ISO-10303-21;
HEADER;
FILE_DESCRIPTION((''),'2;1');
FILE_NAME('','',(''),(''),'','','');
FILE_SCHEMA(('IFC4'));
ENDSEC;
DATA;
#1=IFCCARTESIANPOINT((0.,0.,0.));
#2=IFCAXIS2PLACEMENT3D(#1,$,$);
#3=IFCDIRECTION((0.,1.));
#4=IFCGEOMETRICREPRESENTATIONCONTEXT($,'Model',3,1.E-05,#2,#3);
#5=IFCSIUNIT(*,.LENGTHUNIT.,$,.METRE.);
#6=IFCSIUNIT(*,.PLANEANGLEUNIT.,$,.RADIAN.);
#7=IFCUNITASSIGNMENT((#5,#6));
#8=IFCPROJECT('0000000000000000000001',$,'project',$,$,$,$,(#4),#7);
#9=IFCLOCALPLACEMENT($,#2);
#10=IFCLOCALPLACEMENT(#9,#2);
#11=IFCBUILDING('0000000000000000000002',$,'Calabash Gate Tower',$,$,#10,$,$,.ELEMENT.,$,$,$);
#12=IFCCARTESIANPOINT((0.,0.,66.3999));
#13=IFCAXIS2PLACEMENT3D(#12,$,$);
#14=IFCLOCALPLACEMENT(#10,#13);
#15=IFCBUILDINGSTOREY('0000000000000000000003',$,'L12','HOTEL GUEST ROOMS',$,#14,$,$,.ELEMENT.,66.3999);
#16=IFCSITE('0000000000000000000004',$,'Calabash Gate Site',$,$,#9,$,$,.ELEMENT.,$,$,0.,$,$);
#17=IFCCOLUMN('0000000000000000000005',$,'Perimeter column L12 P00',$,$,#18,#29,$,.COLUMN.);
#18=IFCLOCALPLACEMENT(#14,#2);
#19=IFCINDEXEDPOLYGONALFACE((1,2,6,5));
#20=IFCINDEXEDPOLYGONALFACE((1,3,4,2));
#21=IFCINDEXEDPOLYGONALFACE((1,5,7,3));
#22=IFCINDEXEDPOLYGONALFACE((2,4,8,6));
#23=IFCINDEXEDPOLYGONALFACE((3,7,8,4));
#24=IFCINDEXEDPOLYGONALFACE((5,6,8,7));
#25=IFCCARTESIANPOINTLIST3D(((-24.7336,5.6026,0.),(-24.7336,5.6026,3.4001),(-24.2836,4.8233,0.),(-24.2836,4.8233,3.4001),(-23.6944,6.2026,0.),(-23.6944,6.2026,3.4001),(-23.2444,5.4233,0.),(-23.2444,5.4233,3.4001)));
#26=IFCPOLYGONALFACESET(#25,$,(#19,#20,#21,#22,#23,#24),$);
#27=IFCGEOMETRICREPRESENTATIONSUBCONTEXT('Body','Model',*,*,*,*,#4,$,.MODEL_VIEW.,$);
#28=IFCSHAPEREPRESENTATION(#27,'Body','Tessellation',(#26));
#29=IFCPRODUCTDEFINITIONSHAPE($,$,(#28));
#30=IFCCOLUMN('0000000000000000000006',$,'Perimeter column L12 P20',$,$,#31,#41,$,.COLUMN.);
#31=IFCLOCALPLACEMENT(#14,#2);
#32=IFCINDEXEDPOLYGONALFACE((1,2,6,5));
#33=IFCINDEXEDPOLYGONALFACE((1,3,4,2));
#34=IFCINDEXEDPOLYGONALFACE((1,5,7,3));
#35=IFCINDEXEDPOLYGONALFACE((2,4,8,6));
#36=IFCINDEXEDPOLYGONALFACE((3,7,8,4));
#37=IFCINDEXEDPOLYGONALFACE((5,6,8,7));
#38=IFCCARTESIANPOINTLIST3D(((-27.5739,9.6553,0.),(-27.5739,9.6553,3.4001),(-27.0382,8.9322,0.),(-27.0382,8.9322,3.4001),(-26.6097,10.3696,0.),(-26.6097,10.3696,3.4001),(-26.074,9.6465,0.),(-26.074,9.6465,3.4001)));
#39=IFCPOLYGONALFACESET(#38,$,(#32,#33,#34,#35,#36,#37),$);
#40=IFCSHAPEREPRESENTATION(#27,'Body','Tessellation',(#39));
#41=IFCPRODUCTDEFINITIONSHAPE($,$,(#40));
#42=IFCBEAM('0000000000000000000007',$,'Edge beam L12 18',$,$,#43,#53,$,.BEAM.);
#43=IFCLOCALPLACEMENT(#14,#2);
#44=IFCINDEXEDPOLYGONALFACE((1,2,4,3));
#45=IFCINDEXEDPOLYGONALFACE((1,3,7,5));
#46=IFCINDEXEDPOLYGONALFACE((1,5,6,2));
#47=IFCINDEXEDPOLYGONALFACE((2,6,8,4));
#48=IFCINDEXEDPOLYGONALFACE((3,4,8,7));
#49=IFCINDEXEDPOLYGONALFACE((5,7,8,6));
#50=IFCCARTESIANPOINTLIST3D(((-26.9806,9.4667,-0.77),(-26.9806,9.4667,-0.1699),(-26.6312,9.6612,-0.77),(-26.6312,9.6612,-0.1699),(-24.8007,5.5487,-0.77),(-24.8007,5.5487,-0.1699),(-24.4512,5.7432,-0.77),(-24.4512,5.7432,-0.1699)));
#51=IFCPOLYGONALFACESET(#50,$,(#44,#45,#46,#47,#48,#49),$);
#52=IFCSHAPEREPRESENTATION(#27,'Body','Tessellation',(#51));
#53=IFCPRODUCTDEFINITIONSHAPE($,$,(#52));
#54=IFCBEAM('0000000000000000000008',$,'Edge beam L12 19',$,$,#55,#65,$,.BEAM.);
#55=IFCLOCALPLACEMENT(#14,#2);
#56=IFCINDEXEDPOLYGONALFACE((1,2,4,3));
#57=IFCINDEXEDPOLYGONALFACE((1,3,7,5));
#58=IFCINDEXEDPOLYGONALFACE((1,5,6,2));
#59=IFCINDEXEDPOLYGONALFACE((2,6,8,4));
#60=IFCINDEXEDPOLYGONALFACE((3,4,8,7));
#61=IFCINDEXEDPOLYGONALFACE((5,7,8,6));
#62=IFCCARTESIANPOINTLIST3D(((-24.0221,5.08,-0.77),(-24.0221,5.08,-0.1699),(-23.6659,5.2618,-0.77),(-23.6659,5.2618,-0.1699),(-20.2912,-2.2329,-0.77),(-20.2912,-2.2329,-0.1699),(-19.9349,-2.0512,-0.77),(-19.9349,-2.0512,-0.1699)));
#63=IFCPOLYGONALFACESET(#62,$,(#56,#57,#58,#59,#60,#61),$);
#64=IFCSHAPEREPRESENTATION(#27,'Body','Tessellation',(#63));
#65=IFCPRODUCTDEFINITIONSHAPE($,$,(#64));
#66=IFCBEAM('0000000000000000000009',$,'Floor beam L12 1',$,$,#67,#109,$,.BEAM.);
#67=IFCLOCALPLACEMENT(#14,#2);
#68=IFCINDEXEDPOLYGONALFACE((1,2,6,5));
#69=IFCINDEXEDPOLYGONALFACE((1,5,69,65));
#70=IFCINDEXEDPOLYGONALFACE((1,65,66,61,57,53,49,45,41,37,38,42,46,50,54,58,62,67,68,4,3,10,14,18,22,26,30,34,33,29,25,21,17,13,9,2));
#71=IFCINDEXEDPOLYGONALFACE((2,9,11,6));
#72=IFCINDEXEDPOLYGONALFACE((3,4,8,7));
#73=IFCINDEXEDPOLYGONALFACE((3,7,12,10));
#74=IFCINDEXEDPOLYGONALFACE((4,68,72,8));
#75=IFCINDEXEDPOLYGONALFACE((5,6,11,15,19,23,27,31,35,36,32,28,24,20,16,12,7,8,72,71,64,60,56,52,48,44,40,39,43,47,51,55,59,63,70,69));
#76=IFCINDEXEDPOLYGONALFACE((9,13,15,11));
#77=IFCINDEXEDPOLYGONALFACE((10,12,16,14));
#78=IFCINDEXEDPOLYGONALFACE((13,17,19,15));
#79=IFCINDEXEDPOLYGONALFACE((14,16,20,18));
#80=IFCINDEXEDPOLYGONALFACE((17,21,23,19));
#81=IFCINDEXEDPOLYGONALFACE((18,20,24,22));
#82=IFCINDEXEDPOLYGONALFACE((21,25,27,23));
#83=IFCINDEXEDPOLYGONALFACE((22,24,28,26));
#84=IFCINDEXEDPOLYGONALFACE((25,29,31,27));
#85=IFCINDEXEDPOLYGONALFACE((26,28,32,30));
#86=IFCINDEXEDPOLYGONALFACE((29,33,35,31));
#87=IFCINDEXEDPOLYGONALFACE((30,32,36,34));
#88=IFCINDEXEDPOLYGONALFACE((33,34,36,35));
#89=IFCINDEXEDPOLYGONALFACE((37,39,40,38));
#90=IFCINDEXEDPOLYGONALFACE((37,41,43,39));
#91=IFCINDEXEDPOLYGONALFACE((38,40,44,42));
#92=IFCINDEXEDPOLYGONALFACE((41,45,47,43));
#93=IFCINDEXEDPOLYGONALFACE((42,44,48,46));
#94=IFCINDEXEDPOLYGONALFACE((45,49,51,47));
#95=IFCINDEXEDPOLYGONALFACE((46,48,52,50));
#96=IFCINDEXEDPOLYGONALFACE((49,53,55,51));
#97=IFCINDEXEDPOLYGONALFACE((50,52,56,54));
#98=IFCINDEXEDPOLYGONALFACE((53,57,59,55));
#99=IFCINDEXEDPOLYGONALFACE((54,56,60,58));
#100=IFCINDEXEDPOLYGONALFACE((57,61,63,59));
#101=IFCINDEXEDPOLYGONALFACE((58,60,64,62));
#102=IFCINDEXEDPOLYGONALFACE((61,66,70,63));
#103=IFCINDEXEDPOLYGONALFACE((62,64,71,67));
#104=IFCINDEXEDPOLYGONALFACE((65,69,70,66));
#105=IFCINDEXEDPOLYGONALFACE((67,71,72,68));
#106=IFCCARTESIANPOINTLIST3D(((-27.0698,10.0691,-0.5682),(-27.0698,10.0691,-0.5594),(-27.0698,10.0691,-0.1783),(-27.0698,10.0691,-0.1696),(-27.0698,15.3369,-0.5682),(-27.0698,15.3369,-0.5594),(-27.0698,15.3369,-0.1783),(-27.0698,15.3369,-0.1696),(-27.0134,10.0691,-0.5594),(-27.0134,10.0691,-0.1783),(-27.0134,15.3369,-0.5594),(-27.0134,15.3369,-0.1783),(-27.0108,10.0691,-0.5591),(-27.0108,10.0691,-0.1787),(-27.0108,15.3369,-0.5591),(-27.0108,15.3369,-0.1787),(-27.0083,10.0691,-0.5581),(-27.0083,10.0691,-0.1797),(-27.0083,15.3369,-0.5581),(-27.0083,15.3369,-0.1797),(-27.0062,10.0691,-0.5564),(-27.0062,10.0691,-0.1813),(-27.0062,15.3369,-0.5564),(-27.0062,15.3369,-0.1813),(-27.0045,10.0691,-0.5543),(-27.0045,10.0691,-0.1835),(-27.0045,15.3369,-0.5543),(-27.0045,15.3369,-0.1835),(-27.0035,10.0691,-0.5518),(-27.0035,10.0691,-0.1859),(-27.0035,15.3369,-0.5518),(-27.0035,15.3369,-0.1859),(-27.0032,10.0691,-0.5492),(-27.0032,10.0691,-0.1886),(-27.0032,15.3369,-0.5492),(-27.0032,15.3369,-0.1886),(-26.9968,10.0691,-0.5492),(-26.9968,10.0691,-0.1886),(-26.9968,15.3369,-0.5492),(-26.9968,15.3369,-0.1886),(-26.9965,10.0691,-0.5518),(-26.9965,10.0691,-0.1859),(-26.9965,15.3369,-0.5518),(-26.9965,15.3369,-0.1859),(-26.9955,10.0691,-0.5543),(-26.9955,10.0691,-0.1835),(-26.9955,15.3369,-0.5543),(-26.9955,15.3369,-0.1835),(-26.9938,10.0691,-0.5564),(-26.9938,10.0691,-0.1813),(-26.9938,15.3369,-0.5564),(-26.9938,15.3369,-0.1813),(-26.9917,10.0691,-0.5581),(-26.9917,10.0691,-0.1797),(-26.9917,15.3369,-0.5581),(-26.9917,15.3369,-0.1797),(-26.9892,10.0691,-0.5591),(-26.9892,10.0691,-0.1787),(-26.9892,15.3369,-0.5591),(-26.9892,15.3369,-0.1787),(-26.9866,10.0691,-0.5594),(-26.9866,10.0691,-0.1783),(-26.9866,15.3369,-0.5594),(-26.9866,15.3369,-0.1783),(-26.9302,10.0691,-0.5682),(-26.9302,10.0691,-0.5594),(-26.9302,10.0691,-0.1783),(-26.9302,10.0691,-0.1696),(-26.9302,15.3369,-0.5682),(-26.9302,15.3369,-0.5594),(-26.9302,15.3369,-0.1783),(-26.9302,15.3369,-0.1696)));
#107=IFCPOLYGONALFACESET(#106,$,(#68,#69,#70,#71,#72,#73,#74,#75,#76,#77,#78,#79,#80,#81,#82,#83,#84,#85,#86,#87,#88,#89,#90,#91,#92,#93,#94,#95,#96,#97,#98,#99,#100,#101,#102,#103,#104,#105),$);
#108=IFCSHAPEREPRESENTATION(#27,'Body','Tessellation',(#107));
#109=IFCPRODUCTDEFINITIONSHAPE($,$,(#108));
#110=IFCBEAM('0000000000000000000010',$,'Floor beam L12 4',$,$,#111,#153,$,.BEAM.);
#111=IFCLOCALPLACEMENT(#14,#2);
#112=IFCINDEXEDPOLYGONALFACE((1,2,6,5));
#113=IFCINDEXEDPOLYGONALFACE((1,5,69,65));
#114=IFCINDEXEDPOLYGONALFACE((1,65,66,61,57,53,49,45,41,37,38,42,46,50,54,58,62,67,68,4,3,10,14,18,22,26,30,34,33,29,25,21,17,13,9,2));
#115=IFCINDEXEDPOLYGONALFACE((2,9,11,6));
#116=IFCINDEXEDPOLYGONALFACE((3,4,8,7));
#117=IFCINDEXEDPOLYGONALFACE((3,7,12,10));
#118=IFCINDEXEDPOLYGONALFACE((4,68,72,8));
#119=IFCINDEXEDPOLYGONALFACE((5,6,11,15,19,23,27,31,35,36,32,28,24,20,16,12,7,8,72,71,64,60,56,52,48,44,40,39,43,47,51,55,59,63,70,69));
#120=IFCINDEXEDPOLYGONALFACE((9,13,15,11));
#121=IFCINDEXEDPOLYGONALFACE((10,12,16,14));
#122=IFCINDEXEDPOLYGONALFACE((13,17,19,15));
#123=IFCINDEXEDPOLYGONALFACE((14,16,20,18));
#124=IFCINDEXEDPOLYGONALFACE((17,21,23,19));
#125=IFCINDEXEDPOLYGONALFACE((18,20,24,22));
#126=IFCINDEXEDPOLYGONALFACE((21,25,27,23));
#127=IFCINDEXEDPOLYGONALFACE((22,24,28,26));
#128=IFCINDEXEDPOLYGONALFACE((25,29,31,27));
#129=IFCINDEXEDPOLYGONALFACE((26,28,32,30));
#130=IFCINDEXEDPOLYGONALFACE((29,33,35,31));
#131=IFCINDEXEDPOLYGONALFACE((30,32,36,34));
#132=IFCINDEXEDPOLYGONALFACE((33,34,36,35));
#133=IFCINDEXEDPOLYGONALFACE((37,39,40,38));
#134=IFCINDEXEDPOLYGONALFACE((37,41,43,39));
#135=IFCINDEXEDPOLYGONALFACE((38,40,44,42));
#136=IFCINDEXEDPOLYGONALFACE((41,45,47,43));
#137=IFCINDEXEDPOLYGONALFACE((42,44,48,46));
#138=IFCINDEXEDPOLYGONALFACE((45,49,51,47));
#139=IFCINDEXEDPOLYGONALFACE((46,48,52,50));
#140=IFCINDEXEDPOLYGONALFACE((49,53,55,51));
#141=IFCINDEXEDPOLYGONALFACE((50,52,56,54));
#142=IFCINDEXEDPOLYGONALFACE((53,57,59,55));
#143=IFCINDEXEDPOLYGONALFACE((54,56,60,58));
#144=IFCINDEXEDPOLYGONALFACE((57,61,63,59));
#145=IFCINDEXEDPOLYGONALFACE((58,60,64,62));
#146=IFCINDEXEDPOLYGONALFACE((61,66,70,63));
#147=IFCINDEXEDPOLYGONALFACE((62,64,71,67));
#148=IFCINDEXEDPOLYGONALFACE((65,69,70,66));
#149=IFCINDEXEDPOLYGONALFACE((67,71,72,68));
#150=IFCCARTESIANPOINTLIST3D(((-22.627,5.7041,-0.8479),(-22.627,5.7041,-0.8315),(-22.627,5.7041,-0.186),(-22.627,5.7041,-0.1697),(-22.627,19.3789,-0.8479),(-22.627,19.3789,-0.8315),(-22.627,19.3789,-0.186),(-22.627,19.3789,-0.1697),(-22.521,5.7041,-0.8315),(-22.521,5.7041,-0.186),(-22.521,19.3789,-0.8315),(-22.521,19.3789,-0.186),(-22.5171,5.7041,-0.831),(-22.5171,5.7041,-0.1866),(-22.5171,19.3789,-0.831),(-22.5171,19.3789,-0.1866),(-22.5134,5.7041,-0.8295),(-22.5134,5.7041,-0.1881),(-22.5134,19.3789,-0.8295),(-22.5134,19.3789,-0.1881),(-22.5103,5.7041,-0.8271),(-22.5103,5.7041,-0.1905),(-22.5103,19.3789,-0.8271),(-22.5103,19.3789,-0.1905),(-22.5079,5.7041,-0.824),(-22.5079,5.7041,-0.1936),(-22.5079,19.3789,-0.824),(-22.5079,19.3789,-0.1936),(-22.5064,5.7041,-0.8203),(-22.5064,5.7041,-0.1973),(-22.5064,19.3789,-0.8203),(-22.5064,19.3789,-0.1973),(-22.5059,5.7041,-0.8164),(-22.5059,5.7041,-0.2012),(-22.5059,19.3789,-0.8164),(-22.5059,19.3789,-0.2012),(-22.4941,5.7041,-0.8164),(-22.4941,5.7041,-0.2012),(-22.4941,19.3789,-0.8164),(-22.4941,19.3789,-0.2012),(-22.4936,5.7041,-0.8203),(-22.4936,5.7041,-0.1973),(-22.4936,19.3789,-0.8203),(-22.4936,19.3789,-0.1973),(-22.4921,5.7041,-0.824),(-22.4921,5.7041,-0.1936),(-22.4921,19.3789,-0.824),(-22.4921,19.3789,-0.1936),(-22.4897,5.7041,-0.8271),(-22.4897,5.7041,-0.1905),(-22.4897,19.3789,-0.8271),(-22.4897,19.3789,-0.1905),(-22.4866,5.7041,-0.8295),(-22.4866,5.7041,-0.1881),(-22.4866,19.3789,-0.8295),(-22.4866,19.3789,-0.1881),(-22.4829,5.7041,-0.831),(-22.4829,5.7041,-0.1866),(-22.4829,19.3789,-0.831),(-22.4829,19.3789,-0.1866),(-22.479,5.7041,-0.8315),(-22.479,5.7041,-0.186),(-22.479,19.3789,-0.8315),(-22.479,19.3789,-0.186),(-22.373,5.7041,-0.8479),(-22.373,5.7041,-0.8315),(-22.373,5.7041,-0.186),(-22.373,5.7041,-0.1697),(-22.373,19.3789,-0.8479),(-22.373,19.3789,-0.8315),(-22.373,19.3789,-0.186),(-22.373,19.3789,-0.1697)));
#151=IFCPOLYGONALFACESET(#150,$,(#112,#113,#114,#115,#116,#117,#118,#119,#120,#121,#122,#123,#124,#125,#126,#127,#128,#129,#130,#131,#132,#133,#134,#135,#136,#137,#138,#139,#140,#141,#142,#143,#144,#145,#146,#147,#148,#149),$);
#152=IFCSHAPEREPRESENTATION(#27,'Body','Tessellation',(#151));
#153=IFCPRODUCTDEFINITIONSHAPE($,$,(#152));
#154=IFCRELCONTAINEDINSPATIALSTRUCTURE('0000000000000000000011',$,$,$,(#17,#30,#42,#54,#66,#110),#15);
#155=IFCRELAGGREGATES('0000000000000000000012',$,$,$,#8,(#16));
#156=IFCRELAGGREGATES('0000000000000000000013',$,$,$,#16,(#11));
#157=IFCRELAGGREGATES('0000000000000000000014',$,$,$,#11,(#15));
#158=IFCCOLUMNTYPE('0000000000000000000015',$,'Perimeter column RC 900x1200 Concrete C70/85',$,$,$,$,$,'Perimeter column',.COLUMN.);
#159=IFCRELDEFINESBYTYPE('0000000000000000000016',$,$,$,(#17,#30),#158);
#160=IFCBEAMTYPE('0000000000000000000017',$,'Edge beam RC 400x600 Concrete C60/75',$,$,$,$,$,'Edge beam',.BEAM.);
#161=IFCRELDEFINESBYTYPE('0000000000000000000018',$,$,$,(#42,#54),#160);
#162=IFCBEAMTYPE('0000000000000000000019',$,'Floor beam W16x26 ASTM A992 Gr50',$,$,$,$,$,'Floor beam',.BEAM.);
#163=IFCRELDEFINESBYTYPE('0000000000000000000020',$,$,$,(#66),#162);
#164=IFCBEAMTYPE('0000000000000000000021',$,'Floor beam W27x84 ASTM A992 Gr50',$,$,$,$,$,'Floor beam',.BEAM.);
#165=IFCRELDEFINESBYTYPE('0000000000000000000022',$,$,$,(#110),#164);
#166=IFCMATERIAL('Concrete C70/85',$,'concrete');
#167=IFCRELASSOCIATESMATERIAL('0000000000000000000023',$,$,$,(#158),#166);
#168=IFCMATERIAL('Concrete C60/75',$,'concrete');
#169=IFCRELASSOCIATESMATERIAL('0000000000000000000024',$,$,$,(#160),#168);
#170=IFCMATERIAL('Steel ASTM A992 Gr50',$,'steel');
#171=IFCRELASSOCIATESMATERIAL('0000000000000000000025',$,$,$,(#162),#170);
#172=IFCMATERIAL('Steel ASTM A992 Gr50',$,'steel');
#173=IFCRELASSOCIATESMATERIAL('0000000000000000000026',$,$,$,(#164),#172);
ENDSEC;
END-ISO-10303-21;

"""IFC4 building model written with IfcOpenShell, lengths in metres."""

from ifc_helpers import new_model, si_unit, direction, frame, origin, origin_2d, place, context, subcontext, project, spatial, rectangle, i_section, extrude, material, material_profile, profile_set, type_object, element, save


model = new_model("IFC4")

# Units and contexts
model_context = context("Model", 3, precision=1e-05, world=origin(), true_north=direction((0.0, 1.0)))
body_context = subcontext(model_context, "Body", "Model", "MODEL_VIEW")
ifc_project = project(units=[si_unit("LENGTHUNIT", "METRE"), si_unit("PLANEANGLEUNIT", "RADIAN")], contexts=[model_context])

# Site, building, storey
site_placement = place(None, origin())
site = spatial("IfcSite", under=ifc_project, at=site_placement, Name="Calabash Gate Site", CompositionType="ELEMENT", RefElevation=0.0)
building_placement = place(site_placement, origin())
building = spatial("IfcBuilding", under=site, at=building_placement, Name="Calabash Gate Tower", CompositionType="ELEMENT")
storey_placement = place(building_placement, frame((0.0, 0.0, 66.3999)))
storey = spatial("IfcBuildingStorey", under=building, at=storey_placement, Name="L12", Description="HOTEL GUEST ROOMS", CompositionType="ELEMENT", Elevation=66.3999)

# Columns
ifc_material_1 = material(Name="Concrete C70/85", Category="concrete")
ifc_material_profile_1 = material_profile(ifc_material_1, rectangle(XDim=0.8999, YDim=1.2, at=origin_2d()))
ifc_profile_set_1 = profile_set([ifc_material_profile_1], Name="Concrete C70/85")
column_type = type_object("IfcColumnType", Name="Perimeter column RC 900x1200 Concrete C70/85", ElementType="Perimeter column", PredefinedType="COLUMN", material=ifc_profile_set_1)
for number, where, z_axis, x_axis, name in (
    (1, (-23.989, 5.5129, 0.0), (0.0, 0.0, 1.0), (0.5, -0.866025, 0.0), "Perimeter column L12 P00"),
    (2, (-26.824, 9.6509, 0.0), (0.0, 0.0, 1.0), (0.595287, -0.803513, 0.0), "Perimeter column L12 P20"),
):
    element("IfcColumn", number, at=place(storey_placement, frame(where, z_axis=z_axis, x_axis=x_axis)), inside=storey, type_object=column_type, Name=name, PredefinedType="COLUMN", context=body_context, shape_type="SweptSolid", body=[
        extrude(rectangle(XDim=0.8999, YDim=1.2, at=origin_2d()), origin(), (0.0, 0.0, 1.0), 3.4001),
    ])

# Beams
ifc_material_2 = material(Name="Concrete C60/75", Category="concrete")
ifc_material_profile_2 = material_profile(ifc_material_2, rectangle(XDim=0.3999, YDim=0.6001, at=origin_2d()))
ifc_profile_set_2 = profile_set([ifc_material_profile_2], Name="Concrete C60/75")
beam_type_1 = type_object("IfcBeamType", Name="Edge beam RC 400x600 Concrete C60/75", ElementType="Edge beam", PredefinedType="BEAM", material=ifc_profile_set_2)
beam_1_placement = place(storey_placement, frame((-26.8059, 9.564, -0.47), z_axis=(0.486202, -0.873846, 0.0), x_axis=(0.873846, 0.486202, 0.0)))
element("IfcBeam", 3, at=beam_1_placement, inside=storey, type_object=beam_type_1, Name="Edge beam L12 18", PredefinedType="BEAM", context=body_context, shape_type="SweptSolid", body=[
    extrude(rectangle(XDim=0.3999, YDim=0.6001, at=origin_2d()), origin(), (0.0, 0.0, 1.0), 4.4836),
])
beam_2_placement = place(storey_placement, frame((-23.844, 5.1709, -0.47), z_axis=(0.454455, -0.89077, 0.0), x_axis=(0.89077, 0.454455, 0.0)))
element("IfcBeam", 4, at=beam_2_placement, inside=storey, type_object=beam_type_1, Name="Edge beam L12 19", PredefinedType="BEAM", context=body_context, shape_type="SweptSolid", body=[
    extrude(rectangle(XDim=0.3999, YDim=0.6001, at=origin_2d()), origin(), (0.0, 0.0, 1.0), 8.2097),
])
ifc_material_3 = material(Name="Steel ASTM A992 Gr50", Category="steel")
ifc_material_profile_3 = material_profile(ifc_material_3, i_section(OverallWidth=0.1396, OverallDepth=0.3987, WebThickness=0.0063, FlangeThickness=0.0088, FilletRadius=0.0103, at=origin_2d()))
ifc_profile_set_3 = profile_set([ifc_material_profile_3], Name="Steel ASTM A992 Gr50")
beam_type_2 = type_object("IfcBeamType", Name="Floor beam W16x26 ASTM A992 Gr50", ElementType="Floor beam", PredefinedType="BEAM", material=ifc_profile_set_3)
beam_3_placement = place(storey_placement, frame((-27.0, 10.0691, -0.3689), z_axis=(0.0, 1.0, 0.0), x_axis=(-1.0, 0.0, 0.0)))
element("IfcBeam", 5, at=beam_3_placement, inside=storey, type_object=beam_type_2, Name="Floor beam L12 1", PredefinedType="BEAM", context=body_context, shape_type="SweptSolid", body=[
    extrude(i_section(OverallWidth=0.1396, OverallDepth=0.3987, WebThickness=0.0063, FlangeThickness=0.0088, FilletRadius=0.0103, at=origin_2d()), origin(), (0.0, 0.0, 1.0), 5.2678),
])
ifc_material_4 = material(Name="Steel ASTM A992 Gr50", Category="steel")
ifc_material_profile_4 = material_profile(ifc_material_4, i_section(OverallWidth=0.2539, OverallDepth=0.6782, WebThickness=0.0117, FlangeThickness=0.0164, FilletRadius=0.0151, at=origin_2d()))
ifc_profile_set_4 = profile_set([ifc_material_profile_4], Name="Steel ASTM A992 Gr50")
beam_type_3 = type_object("IfcBeamType", Name="Floor beam W27x84 ASTM A992 Gr50", ElementType="Floor beam", PredefinedType="BEAM", material=ifc_profile_set_4)
beam_4_placement = place(storey_placement, frame((-22.5, 5.7041, -0.5088), z_axis=(0.0, 1.0, 0.0), x_axis=(-1.0, 0.0, 0.0)))
element("IfcBeam", 6, at=beam_4_placement, inside=storey, type_object=beam_type_3, Name="Floor beam L12 4", PredefinedType="BEAM", context=body_context, shape_type="SweptSolid", body=[
    extrude(i_section(OverallWidth=0.2539, OverallDepth=0.6782, WebThickness=0.0117, FlangeThickness=0.0164, FilletRadius=0.0151, at=origin_2d()), origin(), (0.0, 0.0, 1.0), 13.6748),
])

save(model, "model.ifc")
